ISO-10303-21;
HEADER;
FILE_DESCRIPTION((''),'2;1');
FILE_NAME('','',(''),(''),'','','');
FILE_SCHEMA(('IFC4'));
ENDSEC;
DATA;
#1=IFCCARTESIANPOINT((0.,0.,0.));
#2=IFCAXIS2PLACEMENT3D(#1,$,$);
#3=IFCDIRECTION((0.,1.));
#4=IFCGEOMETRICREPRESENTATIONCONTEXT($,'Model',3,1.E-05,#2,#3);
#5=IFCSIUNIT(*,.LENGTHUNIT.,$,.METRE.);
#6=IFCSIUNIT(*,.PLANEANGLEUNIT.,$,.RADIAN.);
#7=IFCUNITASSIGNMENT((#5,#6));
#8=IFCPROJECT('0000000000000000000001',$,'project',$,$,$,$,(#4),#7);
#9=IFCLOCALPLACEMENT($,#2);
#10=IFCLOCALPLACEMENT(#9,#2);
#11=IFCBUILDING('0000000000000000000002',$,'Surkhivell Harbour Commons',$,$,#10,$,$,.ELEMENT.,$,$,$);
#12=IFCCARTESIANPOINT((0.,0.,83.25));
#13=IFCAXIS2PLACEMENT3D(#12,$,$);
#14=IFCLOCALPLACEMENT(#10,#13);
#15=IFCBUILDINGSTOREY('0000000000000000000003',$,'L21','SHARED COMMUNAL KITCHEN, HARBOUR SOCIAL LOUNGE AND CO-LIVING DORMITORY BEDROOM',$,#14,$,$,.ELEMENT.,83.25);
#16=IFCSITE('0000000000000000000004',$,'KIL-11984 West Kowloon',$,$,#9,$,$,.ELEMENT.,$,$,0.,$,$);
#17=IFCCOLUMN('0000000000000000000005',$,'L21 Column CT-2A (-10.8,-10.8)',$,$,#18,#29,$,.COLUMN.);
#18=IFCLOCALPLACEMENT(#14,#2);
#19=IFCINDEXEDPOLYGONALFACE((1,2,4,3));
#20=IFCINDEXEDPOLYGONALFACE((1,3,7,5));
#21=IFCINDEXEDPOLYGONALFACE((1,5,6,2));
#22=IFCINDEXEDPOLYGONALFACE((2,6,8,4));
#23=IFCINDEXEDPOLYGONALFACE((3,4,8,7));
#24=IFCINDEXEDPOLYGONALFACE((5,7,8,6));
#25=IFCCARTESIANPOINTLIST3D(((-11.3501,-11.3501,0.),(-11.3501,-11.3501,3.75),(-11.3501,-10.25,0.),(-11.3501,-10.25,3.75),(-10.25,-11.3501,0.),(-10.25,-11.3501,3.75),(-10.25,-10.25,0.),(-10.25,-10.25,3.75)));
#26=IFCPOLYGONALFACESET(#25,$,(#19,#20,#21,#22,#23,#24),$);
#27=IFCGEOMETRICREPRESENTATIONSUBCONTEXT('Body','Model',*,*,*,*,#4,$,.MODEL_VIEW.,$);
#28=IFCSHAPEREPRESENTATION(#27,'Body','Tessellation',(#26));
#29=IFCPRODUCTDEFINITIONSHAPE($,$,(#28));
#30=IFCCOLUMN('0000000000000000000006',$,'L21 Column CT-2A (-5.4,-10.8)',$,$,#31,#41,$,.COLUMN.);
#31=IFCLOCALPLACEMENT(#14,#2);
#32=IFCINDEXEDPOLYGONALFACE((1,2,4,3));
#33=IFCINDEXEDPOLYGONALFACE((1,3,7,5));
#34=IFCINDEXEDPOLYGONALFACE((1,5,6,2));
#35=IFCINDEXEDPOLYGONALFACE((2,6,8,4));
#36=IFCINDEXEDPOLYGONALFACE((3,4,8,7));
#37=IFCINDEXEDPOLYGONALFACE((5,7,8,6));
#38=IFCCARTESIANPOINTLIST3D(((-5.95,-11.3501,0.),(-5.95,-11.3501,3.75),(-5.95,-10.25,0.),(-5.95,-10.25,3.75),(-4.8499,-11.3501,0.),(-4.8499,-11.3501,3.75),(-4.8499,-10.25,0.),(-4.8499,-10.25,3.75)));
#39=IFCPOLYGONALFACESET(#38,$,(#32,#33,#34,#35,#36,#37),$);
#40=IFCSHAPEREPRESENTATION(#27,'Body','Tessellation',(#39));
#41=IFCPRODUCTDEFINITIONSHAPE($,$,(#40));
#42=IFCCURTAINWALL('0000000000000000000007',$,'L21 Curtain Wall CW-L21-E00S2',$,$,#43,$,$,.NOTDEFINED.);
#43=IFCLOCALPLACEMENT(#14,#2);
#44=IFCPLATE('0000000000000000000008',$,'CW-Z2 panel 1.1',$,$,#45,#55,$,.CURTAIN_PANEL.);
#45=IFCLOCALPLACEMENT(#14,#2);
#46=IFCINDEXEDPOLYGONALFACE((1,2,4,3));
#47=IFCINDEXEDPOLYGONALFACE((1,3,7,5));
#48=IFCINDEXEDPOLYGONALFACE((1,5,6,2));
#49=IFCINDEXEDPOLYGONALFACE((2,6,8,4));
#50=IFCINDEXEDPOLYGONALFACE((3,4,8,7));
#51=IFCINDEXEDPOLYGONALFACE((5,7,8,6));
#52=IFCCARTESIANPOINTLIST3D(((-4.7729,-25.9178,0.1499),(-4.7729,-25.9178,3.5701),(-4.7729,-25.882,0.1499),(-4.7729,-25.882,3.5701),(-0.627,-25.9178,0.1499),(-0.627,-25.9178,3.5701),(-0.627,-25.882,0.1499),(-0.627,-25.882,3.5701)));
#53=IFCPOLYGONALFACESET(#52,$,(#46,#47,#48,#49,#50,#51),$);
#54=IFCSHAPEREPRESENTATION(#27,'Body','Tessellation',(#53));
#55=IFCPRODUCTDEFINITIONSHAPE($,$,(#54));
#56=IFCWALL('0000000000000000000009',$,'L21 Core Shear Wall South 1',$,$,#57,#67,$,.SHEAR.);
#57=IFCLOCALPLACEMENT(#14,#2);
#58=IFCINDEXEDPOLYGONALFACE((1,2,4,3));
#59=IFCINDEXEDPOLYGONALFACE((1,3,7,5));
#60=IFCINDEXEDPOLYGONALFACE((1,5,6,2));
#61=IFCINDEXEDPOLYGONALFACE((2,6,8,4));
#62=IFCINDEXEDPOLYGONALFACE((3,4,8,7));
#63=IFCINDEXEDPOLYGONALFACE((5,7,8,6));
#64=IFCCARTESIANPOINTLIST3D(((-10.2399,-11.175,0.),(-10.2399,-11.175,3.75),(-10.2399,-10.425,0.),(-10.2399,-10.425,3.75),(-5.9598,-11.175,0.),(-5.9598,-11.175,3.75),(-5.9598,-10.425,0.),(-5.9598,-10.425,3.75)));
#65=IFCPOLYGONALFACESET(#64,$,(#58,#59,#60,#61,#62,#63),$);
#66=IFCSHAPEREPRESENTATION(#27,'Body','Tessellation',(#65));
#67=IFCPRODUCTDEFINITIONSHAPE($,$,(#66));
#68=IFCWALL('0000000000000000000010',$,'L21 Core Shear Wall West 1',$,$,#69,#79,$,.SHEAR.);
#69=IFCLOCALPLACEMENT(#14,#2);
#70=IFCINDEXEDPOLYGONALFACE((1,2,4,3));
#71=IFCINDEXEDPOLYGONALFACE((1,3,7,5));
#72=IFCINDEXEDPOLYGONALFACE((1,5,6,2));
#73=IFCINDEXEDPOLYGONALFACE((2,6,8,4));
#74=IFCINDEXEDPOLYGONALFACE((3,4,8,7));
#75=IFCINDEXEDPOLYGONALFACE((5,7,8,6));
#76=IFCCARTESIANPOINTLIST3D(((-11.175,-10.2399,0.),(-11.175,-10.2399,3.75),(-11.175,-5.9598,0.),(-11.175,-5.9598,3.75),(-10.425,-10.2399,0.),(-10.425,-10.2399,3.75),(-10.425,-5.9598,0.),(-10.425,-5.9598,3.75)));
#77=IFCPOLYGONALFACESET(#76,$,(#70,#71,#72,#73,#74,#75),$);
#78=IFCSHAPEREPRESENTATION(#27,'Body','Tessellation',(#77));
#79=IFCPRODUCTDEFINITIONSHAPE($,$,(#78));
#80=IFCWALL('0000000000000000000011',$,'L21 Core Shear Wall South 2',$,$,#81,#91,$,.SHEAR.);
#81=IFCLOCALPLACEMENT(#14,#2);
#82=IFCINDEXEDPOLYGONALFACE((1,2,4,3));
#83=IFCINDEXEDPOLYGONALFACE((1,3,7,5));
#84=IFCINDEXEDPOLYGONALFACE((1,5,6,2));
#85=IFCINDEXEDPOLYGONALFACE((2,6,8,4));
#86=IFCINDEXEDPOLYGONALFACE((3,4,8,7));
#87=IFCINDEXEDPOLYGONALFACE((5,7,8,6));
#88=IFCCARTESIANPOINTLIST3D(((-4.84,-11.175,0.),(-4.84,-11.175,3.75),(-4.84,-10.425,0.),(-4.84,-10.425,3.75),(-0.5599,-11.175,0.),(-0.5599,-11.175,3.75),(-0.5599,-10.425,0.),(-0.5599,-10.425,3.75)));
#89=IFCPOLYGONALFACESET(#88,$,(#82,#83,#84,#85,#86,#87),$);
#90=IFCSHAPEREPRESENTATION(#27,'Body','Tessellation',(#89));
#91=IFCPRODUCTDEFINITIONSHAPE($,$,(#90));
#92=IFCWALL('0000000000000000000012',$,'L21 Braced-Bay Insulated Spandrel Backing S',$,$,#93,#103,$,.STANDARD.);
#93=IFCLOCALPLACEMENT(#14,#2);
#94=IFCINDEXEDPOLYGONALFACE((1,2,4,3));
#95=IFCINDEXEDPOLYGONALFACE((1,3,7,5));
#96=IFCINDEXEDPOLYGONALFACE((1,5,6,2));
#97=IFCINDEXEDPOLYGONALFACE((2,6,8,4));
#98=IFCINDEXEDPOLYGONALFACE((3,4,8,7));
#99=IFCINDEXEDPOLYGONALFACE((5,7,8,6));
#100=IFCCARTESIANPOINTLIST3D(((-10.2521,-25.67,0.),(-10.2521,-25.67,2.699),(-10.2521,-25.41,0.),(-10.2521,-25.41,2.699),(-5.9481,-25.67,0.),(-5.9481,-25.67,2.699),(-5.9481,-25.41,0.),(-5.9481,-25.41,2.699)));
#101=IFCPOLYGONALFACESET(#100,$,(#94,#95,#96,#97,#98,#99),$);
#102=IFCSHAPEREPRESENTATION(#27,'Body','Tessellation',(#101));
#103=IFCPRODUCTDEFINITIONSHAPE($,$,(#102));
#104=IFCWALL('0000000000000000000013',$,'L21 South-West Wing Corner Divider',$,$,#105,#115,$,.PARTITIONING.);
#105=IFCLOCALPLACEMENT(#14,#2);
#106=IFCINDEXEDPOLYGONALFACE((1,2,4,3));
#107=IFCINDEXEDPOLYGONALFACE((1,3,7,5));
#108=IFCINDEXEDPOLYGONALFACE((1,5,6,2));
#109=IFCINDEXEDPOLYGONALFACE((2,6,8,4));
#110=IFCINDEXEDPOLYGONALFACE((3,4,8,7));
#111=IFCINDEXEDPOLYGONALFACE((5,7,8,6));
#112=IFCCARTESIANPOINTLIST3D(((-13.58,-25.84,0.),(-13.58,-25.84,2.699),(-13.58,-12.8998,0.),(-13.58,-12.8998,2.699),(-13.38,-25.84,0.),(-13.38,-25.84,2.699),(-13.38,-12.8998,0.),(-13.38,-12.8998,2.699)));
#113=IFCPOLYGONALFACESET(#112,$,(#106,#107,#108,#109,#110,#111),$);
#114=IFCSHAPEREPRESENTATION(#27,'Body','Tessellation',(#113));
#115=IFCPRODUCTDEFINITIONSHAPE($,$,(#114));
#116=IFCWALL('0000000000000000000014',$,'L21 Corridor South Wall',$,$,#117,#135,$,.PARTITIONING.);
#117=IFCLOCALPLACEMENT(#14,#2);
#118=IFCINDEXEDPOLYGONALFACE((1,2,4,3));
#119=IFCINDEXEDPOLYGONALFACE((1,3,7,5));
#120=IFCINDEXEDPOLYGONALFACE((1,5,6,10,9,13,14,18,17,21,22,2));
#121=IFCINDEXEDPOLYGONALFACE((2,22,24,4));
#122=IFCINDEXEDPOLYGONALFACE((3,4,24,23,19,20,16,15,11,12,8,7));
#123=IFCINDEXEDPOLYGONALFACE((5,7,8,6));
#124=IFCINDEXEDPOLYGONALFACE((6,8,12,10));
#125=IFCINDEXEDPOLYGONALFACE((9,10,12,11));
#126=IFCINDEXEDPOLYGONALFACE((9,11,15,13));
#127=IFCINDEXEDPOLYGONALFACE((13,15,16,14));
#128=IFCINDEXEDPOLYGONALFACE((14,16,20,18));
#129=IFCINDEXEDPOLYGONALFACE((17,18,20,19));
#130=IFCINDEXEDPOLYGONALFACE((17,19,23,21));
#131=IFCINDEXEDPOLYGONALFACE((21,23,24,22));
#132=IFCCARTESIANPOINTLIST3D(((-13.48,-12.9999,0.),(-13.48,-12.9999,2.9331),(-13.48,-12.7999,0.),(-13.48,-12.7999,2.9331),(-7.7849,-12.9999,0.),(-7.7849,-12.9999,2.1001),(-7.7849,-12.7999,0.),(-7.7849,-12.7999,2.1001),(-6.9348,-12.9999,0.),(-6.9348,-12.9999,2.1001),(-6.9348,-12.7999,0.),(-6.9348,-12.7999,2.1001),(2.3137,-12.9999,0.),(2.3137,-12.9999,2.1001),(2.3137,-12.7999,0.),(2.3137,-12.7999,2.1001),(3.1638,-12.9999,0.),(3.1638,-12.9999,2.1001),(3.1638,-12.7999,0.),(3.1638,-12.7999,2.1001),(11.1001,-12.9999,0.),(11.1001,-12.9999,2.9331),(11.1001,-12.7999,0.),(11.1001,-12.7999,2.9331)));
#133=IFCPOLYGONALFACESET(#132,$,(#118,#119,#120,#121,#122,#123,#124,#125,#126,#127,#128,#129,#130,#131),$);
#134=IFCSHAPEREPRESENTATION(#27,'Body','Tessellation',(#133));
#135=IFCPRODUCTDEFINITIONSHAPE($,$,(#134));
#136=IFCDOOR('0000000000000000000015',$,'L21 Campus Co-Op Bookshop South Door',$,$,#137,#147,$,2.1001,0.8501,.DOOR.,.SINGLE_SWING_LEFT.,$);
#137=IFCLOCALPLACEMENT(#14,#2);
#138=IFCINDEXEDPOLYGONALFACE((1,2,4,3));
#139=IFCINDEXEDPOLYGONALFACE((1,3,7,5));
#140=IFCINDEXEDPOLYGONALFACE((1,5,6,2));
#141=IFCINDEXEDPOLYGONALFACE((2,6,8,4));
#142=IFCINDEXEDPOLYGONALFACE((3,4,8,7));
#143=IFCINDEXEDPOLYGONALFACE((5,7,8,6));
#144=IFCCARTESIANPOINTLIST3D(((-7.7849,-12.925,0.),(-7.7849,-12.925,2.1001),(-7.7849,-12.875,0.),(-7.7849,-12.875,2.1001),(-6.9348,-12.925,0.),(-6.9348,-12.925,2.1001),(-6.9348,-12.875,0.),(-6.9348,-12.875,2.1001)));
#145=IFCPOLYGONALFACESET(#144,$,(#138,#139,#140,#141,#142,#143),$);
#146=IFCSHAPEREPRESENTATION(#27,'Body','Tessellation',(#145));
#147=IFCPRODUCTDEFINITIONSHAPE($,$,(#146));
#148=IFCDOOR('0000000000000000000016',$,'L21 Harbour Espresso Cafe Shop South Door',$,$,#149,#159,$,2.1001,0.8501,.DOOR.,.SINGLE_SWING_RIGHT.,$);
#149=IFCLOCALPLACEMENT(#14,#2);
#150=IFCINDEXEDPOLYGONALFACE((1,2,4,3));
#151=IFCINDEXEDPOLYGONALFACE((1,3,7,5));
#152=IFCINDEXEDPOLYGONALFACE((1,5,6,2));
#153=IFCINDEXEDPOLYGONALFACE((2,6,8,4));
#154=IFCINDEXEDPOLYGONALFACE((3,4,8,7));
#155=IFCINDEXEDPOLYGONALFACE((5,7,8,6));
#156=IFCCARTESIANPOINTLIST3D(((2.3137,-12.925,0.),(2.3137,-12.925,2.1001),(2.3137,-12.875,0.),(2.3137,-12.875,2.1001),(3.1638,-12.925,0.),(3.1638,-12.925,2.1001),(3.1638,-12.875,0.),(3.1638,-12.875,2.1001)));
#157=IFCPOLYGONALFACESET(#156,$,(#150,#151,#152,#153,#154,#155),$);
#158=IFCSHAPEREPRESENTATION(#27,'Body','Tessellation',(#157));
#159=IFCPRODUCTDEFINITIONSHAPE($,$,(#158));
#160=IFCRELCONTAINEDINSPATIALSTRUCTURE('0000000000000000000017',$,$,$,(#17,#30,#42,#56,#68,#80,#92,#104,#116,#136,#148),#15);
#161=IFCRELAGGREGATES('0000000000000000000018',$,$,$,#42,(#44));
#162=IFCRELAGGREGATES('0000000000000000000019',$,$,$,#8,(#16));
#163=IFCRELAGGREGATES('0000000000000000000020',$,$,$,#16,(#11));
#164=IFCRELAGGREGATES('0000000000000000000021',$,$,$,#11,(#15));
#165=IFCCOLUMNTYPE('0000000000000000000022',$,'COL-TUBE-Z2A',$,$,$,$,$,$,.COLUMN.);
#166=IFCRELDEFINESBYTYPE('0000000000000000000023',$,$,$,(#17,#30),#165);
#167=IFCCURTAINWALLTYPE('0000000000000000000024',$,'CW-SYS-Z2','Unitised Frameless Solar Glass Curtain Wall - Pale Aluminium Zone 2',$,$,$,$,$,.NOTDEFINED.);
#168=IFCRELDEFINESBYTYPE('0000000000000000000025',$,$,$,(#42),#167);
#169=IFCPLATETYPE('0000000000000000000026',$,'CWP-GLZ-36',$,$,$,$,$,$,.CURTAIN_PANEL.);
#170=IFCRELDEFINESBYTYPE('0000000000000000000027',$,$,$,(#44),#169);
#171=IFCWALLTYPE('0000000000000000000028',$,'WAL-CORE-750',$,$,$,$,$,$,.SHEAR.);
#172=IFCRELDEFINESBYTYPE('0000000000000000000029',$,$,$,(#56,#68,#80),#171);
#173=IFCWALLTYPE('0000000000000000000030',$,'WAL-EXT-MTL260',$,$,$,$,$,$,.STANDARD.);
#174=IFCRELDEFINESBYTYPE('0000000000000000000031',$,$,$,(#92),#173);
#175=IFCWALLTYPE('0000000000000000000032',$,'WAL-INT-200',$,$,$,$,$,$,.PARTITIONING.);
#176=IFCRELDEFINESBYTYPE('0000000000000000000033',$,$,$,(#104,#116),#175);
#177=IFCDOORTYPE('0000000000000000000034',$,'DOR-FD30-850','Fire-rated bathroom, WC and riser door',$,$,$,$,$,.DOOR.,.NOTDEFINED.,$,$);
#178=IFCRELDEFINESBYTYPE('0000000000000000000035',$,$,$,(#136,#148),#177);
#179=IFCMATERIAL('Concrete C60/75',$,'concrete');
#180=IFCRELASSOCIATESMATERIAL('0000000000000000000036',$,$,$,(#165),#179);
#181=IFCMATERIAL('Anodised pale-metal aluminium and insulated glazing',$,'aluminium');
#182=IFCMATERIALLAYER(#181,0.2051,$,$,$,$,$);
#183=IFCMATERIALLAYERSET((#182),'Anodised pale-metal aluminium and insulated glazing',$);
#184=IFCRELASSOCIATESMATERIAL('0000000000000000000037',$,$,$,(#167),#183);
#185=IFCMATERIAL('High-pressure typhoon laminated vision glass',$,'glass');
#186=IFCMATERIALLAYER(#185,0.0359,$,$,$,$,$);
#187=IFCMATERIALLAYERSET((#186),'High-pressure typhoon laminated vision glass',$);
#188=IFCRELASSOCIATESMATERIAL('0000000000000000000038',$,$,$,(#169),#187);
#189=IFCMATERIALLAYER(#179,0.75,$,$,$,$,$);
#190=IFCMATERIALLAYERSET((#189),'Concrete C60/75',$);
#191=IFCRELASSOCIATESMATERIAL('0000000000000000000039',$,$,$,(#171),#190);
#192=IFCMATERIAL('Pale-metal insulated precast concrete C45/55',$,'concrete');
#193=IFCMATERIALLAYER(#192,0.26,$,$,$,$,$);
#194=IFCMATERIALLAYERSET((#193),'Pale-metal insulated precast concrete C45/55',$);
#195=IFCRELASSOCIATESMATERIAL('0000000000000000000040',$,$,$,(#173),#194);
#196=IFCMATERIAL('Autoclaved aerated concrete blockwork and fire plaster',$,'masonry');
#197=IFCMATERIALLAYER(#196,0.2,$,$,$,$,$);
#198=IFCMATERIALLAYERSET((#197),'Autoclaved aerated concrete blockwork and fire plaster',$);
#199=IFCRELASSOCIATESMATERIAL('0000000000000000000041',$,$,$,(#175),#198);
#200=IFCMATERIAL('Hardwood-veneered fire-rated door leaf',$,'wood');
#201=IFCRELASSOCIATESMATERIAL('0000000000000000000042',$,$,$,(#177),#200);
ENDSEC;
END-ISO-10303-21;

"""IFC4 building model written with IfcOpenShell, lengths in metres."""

from ifc_helpers import new_model, si_unit, direction, frame, frame_2d, origin, origin_2d, place, context, subcontext, project, spatial, rectangle, extrude, material, layer, layer_set, material_profile, profile_set, type_object, element, fill, aggregate, save


model = new_model("IFC4")

# Units and contexts
model_context = context("Model", 3, precision=1e-05, world=origin(), true_north=direction((0.0, 1.0)))
body_context = subcontext(model_context, "Body", "Model", "MODEL_VIEW")
ifc_project = project(units=[si_unit("LENGTHUNIT", "METRE"), si_unit("PLANEANGLEUNIT", "RADIAN")], contexts=[model_context])

# Site, building, storey
site_placement = place(None, origin())
site = spatial("IfcSite", under=ifc_project, at=site_placement, Name="KIL-11984 West Kowloon", CompositionType="ELEMENT", RefElevation=0.0)
building_placement = place(site_placement, origin())
building = spatial("IfcBuilding", under=site, at=building_placement, Name="Surkhivell Harbour Commons", CompositionType="ELEMENT")
storey_placement = place(building_placement, frame((0.0, 0.0, 83.25)))
storey = spatial("IfcBuildingStorey", under=building, at=storey_placement, Name="L21", Description="SHARED COMMUNAL KITCHEN, HARBOUR SOCIAL LOUNGE AND CO-LIVING DORMITORY BEDROOM", CompositionType="ELEMENT", Elevation=83.25)

# Columns
ifc_material_1 = material(Name="Concrete C60/75", Category="concrete")
ifc_material_profile = material_profile(ifc_material_1, rectangle(XDim=1.1001, YDim=1.1001, at=origin_2d()), Name="RC-COL-1100x1100")
ifc_profile_set = profile_set([ifc_material_profile], Name="Concrete C60/75")
column_type = type_object("IfcColumnType", Name="COL-TUBE-Z2A", PredefinedType="COLUMN", material=ifc_profile_set)
for number, where, z_axis, x_axis, name in (
    (1, (-10.8, -10.8, 0.0), (0.0, 0.0, 1.0), (1.0, 0.0, 0.0), "L21 Column CT-2A (-10.8,-10.8)"),
    (2, (-5.3999, -10.8, 0.0), (0.0, 0.0, 1.0), (1.0, 0.0, 0.0), "L21 Column CT-2A (-5.4,-10.8)"),
):
    element("IfcColumn", number, at=place(storey_placement, frame(where, z_axis=z_axis, x_axis=x_axis)), inside=storey, type_object=column_type, Name=name, PredefinedType="COLUMN", context=body_context, shape_type="SweptSolid", body=[
        extrude(rectangle(XDim=1.1001, YDim=1.1001, at=origin_2d()), origin(), (0.0, 0.0, 1.0), 3.75),
    ])

# Curtain wall, plate
ifc_material_2 = material(Name="Anodised pale-metal aluminium and insulated glazing", Category="aluminium")
ifc_layer_1 = layer(ifc_material_2, 0.2051)
ifc_layer_set_1 = layer_set([ifc_layer_1], Name="Anodised pale-metal aluminium and insulated glazing")
curtain_wall_type = type_object("IfcCurtainWallType", Name="CW-SYS-Z2", Description="Unitised Frameless Solar Glass Curtain Wall - Pale Aluminium Zone 2", PredefinedType="NOTDEFINED", material=ifc_layer_set_1)
curtain_wall_placement = place(storey_placement, origin())
curtain_wall = element("IfcCurtainWall", 3, at=curtain_wall_placement, inside=storey, type_object=curtain_wall_type, Name="L21 Curtain Wall CW-L21-E00S2", PredefinedType="NOTDEFINED")
ifc_material_3 = material(Name="High-pressure typhoon laminated vision glass", Category="glass")
ifc_layer_2 = layer(ifc_material_3, 0.0359)
ifc_layer_set_2 = layer_set([ifc_layer_2], Name="High-pressure typhoon laminated vision glass")
plate_type = type_object("IfcPlateType", Name="CWP-GLZ-36", PredefinedType="CURTAIN_PANEL", material=ifc_layer_set_2)
plate_placement = place(storey_placement, frame((-4.7729, -25.8999, 0.1499), z_axis=(0.0, 0.0, 1.0), x_axis=(1.0, 0.0, 0.0)))
plate = element("IfcPlate", 4, at=plate_placement, type_object=plate_type, Name="CW-Z2 panel 1.1", PredefinedType="CURTAIN_PANEL", context=body_context, shape_type="SweptSolid", body=[
    extrude(rectangle(XDim=4.146, YDim=0.0359, at=frame_2d((2.073, 0.0))), origin(), (0.0, 0.0, 1.0), 3.4202),
])
aggregate(curtain_wall, [plate])

# Walls
ifc_layer_3 = layer(ifc_material_1, 0.75)
ifc_layer_set_3 = layer_set([ifc_layer_3], Name="Concrete C60/75")
wall_type_1 = type_object("IfcWallType", Name="WAL-CORE-750", PredefinedType="SHEAR", material=ifc_layer_set_3)
for number, where, z_axis, x_axis, name in (
    (5, (-10.24, -10.8, 0.0), (0.0, 0.0, 1.0), (1.0, 0.0, 0.0), "L21 Core Shear Wall South 1"),
    (6, (-10.8, -10.24, 0.0), (0.0, 0.0, 1.0), (0.0, 1.0, 0.0), "L21 Core Shear Wall West 1"),
    (7, (-4.8401, -10.8, 0.0), (0.0, 0.0, 1.0), (1.0, 0.0, 0.0), "L21 Core Shear Wall South 2"),
):
    element("IfcWall", number, at=place(storey_placement, frame(where, z_axis=z_axis, x_axis=x_axis)), inside=storey, type_object=wall_type_1, Name=name, PredefinedType="SHEAR", context=body_context, shape_type="SweptSolid", body=[
        extrude(rectangle(XDim=4.28, YDim=0.75, at=frame_2d((2.1401, 0.0))), origin(), (0.0, 0.0, 1.0), 3.75),
    ])
ifc_material_4 = material(Name="Pale-metal insulated precast concrete C45/55", Category="concrete")
ifc_layer_4 = layer(ifc_material_4, 0.26)
ifc_layer_set_4 = layer_set([ifc_layer_4], Name="Pale-metal insulated precast concrete C45/55")
wall_type_2 = type_object("IfcWallType", Name="WAL-EXT-MTL260", PredefinedType="STANDARD", material=ifc_layer_set_4)
wall_1_placement = place(storey_placement, frame((-10.252, -25.54, 0.0), z_axis=(0.0, 0.0, 1.0), x_axis=(1.0, 0.0, 0.0)))
element("IfcWall", 8, at=wall_1_placement, inside=storey, type_object=wall_type_2, Name="L21 Braced-Bay Insulated Spandrel Backing S", PredefinedType="STANDARD", context=body_context, shape_type="SweptSolid", body=[
    extrude(rectangle(XDim=4.304, YDim=0.26, at=frame_2d((2.1519, 0.0))), origin(), (0.0, 0.0, 1.0), 2.699),
])
ifc_material_5 = material(Name="Autoclaved aerated concrete blockwork and fire plaster", Category="masonry")
ifc_layer_5 = layer(ifc_material_5, 0.2)
ifc_layer_set_5 = layer_set([ifc_layer_5], Name="Autoclaved aerated concrete blockwork and fire plaster")
wall_type_3 = type_object("IfcWallType", Name="WAL-INT-200", PredefinedType="PARTITIONING", material=ifc_layer_set_5)
wall_2_placement = place(storey_placement, frame((-13.48, -25.8401, 0.0), z_axis=(0.0, 0.0, 1.0), x_axis=(0.0, 1.0, 0.0)))
element("IfcWall", 9, at=wall_2_placement, inside=storey, type_object=wall_type_3, Name="L21 South-West Wing Corner Divider", PredefinedType="PARTITIONING", context=body_context, shape_type="SweptSolid", body=[
    extrude(rectangle(XDim=12.9402, YDim=0.2, at=frame_2d((6.4702, 0.0))), origin(), (0.0, 0.0, 1.0), 2.699),
])

# Wall, openings, doors
wall_3_placement = place(storey_placement, frame((-13.48, -12.8999, 0.0), z_axis=(0.0, 0.0, 1.0), x_axis=(1.0, 0.0, 0.0)))
wall_3 = element("IfcWall", 10, at=wall_3_placement, inside=storey, type_object=wall_type_3, Name="L21 Corridor South Wall", PredefinedType="PARTITIONING", context=body_context, shape_type="SweptSolid", body=[
    extrude(rectangle(XDim=24.5801, YDim=0.2, at=frame_2d((12.29, 0.0))), origin(), (0.0, 0.0, 1.0), 2.9331),
])
opening_1_placement = place(wall_3_placement, frame((5.6951, 0.0, 0.0)))
opening_1 = element("IfcOpeningElement", 11, at=opening_1_placement, cuts=wall_3, PredefinedType="OPENING", context=body_context, shape_type="SweptSolid", body=[
    extrude(rectangle(XDim=0.8501, YDim=2.1001, at=frame_2d((0.425, 1.05))), frame((0.0, 0.1099, 0.0), z_axis=(0.0, -1.0, 0.0), x_axis=(1.0, 0.0, 0.0)), (0.0, 0.0, 1.0), 0.22),
])
opening_2_placement = place(wall_3_placement, frame((15.7937, 0.0, 0.0)))
opening_2 = element("IfcOpeningElement", 12, at=opening_2_placement, cuts=wall_3, PredefinedType="OPENING", context=body_context, shape_type="SweptSolid", body=[
    extrude(rectangle(XDim=0.8501, YDim=2.1001, at=frame_2d((0.425, 1.05))), frame((0.0, 0.1099, 0.0), z_axis=(0.0, -1.0, 0.0), x_axis=(1.0, 0.0, 0.0)), (0.0, 0.0, 1.0), 0.22),
])
ifc_material_6 = material(Name="Hardwood-veneered fire-rated door leaf", Category="wood")
door_type_1 = type_object("IfcDoorType", Name="DOR-FD30-850", Description="Fire-rated bathroom, WC and riser door", OperationType="NOTDEFINED", PredefinedType="DOOR", material=ifc_material_6)
door_1_placement = place(opening_1_placement, origin())
door_1 = element("IfcDoor", 13, at=door_1_placement, inside=storey, type_object=door_type_1, Name="L21 Campus Co-Op Bookshop South Door", OperationType="SINGLE_SWING_LEFT", OverallHeight=2.1001, OverallWidth=0.8501, PredefinedType="DOOR", context=body_context, shape_type="SweptSolid", body=[
    extrude(rectangle(XDim=0.8501, YDim=2.1001, at=frame_2d((0.425, 1.05))), frame((0.0, 0.0249, 0.0), z_axis=(0.0, -1.0, 0.0), x_axis=(1.0, 0.0, 0.0)), (0.0, 0.0, 1.0), 0.05),
])
fill(opening_1, door_1)
door_2_placement = place(opening_2_placement, origin())
door_2 = element("IfcDoor", 14, at=door_2_placement, inside=storey, type_object=door_type_1, Name="L21 Harbour Espresso Cafe Shop South Door", OperationType="SINGLE_SWING_RIGHT", OverallHeight=2.1001, OverallWidth=0.8501, PredefinedType="DOOR", context=body_context, shape_type="SweptSolid", body=[
    extrude(rectangle(XDim=0.8501, YDim=2.1001, at=frame_2d((0.425, 1.05))), frame((0.0, 0.0249, 0.0), z_axis=(0.0, -1.0, 0.0), x_axis=(1.0, 0.0, 0.0)), (0.0, 0.0, 1.0), 0.05),
])
fill(opening_2, door_2)

save(model, "model.ifc")
